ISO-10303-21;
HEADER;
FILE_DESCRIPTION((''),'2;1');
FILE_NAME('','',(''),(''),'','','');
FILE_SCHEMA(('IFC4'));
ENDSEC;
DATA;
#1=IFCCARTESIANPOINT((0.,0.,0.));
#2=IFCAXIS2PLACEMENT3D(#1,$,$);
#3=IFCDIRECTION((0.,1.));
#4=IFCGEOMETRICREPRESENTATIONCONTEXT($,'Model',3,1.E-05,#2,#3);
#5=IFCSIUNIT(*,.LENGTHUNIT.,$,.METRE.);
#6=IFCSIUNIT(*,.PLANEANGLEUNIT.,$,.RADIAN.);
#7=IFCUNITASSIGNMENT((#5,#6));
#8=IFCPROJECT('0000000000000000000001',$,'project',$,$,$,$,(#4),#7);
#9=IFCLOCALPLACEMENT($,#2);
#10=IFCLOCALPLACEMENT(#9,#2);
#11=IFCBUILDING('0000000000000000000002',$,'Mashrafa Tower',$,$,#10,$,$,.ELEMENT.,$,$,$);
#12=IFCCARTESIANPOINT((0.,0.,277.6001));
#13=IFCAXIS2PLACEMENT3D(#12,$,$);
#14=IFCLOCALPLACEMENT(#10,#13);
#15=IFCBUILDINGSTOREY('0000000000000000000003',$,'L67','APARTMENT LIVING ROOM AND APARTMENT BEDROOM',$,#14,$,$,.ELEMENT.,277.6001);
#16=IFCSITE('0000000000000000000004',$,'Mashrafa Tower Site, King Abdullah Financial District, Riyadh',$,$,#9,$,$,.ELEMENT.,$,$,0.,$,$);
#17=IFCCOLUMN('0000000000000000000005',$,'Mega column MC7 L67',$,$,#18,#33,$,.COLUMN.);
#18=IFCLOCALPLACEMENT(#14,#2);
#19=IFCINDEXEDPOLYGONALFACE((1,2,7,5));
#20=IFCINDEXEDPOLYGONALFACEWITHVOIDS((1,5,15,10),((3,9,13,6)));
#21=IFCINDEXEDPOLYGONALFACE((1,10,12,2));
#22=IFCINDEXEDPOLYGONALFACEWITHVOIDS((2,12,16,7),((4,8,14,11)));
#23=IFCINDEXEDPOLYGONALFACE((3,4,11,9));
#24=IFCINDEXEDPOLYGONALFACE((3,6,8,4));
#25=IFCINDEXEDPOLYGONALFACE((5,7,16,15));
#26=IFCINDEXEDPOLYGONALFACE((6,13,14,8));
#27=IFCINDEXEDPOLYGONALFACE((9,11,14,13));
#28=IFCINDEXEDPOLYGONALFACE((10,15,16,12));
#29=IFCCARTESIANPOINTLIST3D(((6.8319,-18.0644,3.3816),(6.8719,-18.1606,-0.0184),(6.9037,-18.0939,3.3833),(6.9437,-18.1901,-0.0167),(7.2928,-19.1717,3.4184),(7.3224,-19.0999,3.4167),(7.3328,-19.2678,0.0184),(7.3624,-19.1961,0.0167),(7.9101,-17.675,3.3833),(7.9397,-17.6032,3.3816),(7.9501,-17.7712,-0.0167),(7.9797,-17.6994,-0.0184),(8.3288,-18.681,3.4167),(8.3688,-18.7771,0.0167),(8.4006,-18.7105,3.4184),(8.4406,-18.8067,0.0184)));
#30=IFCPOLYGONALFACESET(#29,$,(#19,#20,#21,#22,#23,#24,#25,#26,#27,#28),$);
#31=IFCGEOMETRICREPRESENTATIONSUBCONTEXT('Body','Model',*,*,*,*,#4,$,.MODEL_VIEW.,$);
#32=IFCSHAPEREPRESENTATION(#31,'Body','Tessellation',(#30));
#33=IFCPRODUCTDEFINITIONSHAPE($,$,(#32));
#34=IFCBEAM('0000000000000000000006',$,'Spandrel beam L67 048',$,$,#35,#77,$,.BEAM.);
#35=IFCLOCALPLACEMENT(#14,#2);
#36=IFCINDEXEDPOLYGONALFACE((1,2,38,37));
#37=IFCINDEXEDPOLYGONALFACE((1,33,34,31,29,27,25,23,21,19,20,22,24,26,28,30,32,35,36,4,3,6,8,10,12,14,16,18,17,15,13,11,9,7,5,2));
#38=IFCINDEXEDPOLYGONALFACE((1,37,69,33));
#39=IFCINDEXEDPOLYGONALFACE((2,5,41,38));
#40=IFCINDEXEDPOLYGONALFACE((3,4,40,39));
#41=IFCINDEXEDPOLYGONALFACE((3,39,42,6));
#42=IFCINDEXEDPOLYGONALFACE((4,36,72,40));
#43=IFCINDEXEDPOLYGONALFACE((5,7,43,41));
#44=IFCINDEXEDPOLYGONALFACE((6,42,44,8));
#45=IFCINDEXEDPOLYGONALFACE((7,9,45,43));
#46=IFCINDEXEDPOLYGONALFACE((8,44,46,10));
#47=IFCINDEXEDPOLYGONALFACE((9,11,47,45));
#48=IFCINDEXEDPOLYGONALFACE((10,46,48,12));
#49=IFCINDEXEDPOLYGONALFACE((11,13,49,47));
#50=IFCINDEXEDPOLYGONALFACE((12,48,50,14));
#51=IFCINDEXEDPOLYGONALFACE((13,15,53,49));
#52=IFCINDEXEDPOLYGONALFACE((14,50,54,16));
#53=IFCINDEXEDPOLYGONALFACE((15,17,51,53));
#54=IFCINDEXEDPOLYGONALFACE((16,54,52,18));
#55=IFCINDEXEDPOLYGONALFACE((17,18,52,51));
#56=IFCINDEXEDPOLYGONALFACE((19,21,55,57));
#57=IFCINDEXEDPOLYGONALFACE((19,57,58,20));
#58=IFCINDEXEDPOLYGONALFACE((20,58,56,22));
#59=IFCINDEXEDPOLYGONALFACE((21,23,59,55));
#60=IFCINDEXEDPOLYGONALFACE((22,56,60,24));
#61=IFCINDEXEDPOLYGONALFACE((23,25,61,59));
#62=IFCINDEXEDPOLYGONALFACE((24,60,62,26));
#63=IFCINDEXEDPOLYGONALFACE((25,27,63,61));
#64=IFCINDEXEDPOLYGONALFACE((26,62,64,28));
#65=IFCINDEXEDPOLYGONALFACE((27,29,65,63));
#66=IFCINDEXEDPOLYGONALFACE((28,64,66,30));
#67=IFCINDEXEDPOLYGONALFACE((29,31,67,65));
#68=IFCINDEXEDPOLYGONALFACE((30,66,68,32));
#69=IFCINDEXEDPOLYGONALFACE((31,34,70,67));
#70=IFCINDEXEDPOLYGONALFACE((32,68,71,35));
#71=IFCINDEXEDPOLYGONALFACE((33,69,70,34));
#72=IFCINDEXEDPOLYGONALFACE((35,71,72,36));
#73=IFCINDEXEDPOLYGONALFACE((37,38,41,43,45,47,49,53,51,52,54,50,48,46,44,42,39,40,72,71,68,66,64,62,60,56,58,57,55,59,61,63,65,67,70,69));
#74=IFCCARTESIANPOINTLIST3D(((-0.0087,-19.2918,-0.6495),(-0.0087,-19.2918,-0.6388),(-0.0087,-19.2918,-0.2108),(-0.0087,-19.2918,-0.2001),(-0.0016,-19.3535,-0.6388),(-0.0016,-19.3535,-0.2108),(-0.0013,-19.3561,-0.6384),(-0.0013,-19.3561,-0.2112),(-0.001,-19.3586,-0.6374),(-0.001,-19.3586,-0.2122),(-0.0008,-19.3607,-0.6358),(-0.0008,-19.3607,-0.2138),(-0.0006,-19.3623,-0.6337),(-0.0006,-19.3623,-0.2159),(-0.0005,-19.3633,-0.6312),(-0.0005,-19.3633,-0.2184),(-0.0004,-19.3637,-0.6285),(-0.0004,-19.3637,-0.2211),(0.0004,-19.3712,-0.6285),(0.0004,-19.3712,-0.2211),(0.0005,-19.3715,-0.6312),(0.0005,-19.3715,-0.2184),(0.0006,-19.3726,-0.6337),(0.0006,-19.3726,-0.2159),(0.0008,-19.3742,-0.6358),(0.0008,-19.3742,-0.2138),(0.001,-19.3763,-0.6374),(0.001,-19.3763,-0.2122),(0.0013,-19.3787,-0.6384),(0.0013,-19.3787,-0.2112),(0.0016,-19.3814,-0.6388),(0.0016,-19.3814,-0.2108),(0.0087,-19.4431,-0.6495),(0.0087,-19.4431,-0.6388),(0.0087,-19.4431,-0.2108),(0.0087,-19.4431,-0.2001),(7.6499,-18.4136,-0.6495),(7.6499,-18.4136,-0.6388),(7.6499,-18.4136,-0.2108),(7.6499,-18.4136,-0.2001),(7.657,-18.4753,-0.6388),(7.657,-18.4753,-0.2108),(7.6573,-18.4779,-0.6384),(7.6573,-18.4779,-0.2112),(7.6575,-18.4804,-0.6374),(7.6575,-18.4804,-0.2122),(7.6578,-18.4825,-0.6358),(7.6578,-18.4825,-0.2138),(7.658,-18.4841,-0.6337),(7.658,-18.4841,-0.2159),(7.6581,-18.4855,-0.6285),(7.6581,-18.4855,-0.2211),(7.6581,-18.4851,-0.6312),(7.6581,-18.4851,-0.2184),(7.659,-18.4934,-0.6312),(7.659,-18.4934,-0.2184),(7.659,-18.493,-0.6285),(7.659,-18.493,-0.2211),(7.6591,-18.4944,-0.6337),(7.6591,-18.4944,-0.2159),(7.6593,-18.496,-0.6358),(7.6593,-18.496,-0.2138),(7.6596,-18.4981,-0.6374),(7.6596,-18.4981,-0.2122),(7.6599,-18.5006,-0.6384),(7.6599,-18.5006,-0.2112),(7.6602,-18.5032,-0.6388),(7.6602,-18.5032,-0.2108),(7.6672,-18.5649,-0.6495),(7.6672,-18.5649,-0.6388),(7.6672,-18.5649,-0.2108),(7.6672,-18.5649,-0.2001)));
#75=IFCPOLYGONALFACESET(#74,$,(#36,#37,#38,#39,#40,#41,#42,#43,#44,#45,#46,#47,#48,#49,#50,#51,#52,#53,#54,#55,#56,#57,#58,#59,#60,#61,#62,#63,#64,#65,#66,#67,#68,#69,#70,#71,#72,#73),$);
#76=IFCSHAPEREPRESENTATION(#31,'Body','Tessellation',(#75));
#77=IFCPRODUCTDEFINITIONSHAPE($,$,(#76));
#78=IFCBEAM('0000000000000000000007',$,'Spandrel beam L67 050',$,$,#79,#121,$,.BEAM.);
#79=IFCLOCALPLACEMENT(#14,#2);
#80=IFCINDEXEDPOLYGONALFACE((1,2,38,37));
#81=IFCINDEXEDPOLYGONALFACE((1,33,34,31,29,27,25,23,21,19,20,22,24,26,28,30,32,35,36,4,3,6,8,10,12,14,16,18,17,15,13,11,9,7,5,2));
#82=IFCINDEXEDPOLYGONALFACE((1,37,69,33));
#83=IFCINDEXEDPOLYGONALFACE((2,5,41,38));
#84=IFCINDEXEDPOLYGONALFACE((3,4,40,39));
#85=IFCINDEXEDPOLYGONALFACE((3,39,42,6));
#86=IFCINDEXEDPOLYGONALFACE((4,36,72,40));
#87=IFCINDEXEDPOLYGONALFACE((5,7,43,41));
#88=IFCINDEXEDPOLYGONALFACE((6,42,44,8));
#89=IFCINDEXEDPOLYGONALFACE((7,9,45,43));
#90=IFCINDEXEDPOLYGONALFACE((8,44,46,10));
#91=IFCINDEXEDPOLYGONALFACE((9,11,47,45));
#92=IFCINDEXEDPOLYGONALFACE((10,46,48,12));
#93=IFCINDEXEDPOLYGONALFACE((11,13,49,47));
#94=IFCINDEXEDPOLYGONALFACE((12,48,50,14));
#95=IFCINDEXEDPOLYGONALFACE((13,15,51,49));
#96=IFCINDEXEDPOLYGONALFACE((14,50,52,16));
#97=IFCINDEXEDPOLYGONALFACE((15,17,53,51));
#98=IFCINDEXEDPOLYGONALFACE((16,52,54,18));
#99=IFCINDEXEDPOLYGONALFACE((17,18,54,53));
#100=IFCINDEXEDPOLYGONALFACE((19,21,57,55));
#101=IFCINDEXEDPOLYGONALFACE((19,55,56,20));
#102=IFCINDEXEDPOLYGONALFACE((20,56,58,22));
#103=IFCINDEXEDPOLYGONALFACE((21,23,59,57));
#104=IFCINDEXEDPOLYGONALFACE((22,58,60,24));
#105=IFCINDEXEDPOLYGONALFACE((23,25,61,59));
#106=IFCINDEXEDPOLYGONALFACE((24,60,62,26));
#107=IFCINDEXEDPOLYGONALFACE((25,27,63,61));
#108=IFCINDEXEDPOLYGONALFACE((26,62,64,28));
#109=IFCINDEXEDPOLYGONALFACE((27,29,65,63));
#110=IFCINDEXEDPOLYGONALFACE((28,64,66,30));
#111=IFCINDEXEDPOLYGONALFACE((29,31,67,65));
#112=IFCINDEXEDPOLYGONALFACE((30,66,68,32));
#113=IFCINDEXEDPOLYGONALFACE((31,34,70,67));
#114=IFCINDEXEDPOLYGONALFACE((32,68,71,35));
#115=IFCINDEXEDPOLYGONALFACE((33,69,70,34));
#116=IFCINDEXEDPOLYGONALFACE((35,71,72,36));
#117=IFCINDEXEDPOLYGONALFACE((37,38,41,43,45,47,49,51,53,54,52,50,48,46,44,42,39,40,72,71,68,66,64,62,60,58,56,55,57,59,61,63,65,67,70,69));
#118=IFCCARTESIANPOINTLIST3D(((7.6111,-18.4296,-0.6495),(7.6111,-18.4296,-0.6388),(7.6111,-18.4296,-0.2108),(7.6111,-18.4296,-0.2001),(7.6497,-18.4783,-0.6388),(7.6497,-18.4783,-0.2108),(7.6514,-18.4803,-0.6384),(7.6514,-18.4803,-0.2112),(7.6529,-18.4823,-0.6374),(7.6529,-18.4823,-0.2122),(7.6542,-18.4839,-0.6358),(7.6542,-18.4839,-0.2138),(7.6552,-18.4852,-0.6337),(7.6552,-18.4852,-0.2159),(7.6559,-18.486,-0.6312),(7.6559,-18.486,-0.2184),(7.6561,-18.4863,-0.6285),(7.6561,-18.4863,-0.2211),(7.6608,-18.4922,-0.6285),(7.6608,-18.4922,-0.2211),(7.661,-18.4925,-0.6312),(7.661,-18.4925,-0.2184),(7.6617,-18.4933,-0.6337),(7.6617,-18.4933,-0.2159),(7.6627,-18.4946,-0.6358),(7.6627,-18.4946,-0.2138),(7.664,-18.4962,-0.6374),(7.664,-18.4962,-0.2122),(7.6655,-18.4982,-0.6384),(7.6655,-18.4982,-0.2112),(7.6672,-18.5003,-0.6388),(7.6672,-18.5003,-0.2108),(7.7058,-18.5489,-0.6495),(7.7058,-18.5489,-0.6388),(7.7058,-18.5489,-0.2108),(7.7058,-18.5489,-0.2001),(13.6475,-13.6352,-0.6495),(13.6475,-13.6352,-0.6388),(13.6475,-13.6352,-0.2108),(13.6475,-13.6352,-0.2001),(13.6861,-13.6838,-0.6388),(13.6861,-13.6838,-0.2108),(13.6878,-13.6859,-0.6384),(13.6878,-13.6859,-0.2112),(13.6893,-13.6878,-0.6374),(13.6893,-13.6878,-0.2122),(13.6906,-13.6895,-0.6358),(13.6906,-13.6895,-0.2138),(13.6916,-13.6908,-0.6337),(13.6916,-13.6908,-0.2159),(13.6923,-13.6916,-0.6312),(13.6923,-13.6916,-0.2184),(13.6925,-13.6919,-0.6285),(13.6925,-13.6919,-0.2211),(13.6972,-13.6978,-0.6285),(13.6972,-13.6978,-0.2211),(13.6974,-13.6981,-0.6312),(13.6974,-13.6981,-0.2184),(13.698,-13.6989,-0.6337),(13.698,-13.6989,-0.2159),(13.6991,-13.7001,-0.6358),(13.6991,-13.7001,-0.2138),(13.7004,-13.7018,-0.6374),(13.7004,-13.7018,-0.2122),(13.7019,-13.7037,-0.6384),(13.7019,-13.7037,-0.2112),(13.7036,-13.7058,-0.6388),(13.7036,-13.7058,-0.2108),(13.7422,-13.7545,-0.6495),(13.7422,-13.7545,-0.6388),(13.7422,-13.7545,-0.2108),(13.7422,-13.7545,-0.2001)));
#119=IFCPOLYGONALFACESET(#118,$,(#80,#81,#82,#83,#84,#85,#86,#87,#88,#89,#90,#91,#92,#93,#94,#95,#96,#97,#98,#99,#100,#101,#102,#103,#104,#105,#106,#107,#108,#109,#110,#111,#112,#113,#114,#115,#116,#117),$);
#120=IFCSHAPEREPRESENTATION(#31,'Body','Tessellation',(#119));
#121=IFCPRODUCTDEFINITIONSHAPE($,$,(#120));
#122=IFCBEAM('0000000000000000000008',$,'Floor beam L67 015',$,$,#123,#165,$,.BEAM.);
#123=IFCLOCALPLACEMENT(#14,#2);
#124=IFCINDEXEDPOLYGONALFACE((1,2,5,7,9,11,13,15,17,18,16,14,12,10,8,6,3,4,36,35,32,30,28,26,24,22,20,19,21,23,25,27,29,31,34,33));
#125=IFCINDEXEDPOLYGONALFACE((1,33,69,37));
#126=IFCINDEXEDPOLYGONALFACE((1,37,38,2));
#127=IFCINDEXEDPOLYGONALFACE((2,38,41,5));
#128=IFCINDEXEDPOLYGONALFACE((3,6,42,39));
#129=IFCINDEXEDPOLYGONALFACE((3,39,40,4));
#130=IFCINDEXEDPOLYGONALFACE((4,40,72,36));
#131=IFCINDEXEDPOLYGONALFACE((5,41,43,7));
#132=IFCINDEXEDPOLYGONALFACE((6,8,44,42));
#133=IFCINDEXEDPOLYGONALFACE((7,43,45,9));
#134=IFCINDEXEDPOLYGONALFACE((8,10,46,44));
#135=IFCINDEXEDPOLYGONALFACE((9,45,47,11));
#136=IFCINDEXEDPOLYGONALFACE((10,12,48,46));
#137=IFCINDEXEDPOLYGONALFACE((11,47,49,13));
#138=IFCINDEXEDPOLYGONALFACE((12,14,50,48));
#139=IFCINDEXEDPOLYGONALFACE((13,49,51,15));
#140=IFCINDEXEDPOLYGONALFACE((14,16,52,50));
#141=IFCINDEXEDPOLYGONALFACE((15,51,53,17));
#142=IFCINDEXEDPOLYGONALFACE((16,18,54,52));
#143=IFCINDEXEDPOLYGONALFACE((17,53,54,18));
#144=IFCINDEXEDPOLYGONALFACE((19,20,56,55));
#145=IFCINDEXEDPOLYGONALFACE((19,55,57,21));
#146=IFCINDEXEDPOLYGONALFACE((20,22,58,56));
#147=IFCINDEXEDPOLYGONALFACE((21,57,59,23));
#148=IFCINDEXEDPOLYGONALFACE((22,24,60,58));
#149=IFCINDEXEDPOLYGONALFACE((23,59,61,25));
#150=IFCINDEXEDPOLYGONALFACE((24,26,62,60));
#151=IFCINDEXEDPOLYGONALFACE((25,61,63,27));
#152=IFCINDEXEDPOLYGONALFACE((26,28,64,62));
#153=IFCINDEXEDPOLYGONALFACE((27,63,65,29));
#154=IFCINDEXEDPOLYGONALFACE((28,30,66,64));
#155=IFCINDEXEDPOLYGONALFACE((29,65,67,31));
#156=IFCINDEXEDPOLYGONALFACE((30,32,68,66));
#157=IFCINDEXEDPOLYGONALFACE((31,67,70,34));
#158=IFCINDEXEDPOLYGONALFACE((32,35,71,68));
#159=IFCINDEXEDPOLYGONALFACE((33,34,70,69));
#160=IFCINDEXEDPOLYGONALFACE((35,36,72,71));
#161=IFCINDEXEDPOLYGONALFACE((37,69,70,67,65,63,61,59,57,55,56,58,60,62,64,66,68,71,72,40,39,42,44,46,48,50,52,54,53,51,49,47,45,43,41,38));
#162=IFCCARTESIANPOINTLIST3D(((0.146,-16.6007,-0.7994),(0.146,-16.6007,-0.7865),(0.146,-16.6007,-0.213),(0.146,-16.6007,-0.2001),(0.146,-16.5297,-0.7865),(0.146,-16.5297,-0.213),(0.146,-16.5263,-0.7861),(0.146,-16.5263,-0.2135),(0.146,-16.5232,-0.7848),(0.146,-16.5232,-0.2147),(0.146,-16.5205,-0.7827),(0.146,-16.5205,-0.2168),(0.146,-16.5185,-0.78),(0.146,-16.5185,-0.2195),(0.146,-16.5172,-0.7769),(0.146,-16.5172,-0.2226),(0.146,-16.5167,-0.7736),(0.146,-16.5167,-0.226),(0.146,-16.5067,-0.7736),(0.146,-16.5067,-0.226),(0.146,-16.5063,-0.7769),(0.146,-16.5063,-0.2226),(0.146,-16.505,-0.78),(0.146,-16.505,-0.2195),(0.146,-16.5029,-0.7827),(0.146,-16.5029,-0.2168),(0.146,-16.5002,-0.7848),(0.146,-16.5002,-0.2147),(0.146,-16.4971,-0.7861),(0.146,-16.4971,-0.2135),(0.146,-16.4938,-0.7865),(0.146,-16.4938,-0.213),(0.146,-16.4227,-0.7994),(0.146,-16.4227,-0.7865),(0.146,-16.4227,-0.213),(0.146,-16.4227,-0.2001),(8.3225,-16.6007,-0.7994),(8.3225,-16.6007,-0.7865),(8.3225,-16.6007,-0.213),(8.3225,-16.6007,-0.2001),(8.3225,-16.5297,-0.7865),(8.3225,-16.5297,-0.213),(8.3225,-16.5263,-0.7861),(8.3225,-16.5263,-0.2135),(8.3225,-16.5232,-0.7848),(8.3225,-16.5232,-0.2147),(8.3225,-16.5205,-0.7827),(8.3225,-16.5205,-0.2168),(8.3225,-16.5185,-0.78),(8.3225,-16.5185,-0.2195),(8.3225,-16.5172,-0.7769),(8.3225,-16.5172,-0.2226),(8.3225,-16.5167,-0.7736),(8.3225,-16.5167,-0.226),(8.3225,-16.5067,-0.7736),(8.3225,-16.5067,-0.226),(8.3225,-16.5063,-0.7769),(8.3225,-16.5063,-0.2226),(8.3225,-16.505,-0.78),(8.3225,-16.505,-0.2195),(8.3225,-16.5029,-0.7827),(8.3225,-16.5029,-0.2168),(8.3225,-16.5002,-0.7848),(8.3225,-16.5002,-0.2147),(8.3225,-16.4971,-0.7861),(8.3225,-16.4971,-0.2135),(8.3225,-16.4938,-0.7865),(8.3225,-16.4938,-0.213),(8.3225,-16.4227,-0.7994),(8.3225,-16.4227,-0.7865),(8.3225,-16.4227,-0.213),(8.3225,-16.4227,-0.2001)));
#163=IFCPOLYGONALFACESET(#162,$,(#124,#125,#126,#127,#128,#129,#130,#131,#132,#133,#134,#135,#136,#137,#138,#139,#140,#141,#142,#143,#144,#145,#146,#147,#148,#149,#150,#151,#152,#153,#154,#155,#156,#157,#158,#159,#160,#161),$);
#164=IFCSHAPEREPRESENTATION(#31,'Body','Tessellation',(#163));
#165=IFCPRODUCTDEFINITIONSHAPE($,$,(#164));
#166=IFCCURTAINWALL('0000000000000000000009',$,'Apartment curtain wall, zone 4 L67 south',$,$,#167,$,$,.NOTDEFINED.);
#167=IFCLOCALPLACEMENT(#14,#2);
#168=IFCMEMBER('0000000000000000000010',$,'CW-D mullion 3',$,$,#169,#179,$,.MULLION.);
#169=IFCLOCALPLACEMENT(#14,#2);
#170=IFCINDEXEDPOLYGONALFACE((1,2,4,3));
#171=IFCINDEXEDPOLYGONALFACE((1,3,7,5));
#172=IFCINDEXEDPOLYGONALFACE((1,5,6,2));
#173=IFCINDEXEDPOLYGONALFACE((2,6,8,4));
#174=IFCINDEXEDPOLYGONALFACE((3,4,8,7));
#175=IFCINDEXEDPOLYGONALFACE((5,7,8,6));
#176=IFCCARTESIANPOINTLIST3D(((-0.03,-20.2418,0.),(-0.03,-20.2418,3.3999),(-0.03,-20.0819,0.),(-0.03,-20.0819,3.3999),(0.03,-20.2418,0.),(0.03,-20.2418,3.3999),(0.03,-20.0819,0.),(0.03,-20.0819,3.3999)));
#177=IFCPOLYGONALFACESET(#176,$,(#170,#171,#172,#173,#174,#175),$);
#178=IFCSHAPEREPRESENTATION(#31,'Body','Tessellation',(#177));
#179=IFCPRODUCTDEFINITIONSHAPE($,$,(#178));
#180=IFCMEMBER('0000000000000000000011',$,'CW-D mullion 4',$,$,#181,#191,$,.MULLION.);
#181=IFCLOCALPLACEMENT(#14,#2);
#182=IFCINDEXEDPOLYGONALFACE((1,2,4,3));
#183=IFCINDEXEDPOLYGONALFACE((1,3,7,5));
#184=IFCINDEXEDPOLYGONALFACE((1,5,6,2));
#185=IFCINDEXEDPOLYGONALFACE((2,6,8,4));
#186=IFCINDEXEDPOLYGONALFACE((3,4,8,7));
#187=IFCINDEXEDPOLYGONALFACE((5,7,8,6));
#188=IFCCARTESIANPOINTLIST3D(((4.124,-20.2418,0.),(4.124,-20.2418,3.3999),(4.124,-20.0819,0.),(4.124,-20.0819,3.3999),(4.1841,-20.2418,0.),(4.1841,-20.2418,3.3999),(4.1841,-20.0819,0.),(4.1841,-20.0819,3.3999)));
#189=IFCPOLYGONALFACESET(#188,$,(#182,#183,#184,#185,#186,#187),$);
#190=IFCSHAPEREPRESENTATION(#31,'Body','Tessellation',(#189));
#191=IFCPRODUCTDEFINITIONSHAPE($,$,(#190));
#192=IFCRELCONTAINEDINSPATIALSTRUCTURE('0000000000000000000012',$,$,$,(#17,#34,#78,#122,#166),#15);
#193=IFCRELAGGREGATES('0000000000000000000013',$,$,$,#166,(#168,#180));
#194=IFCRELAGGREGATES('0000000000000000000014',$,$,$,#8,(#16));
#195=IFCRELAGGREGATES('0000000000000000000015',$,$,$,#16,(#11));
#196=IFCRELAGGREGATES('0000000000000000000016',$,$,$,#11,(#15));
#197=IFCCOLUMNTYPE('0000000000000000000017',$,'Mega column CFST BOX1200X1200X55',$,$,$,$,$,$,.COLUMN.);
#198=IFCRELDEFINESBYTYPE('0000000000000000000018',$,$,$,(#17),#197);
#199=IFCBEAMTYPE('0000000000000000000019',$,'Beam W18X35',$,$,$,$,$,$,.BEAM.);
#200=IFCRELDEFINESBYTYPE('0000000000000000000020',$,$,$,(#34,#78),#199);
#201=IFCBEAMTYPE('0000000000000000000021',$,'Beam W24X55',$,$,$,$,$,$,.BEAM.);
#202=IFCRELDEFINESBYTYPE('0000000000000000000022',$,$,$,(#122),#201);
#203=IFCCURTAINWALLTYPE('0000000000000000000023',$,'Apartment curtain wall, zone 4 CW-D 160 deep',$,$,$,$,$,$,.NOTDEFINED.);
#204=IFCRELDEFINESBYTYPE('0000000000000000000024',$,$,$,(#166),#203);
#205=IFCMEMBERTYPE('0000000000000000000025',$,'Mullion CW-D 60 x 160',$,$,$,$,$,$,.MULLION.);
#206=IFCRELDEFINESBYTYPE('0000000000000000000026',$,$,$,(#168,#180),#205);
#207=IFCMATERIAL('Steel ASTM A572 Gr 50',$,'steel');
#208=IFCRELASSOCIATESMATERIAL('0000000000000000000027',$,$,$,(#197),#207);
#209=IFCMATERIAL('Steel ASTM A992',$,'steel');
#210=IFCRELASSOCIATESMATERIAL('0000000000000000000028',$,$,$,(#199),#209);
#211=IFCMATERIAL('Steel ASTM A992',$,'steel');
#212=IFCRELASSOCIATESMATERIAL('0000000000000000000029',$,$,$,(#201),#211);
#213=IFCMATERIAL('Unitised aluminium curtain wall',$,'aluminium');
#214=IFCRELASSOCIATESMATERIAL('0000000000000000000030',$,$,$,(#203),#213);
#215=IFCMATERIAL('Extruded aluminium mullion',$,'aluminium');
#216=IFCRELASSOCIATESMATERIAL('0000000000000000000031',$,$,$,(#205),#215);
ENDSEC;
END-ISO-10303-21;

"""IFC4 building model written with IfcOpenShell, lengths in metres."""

from ifc_helpers import new_model, si_unit, direction, frame, origin, origin_2d, place, context, subcontext, project, spatial, rectangle, hollow_rectangle, i_section, extrude, source, transform, mapped, material, material_profile, profile_set, type_object, type_shapes, element, aggregate, save


model = new_model("IFC4")

# Units and contexts
model_context = context("Model", 3, precision=1e-05, world=origin(), true_north=direction((0.0, 1.0)))
body_context = subcontext(model_context, "Body", "Model", "MODEL_VIEW")
ifc_project = project(units=[si_unit("LENGTHUNIT", "METRE"), si_unit("PLANEANGLEUNIT", "RADIAN")], contexts=[model_context])

# Site, building, storey
site_placement = place(None, origin())
site = spatial("IfcSite", under=ifc_project, at=site_placement, Name="Mashrafa Tower Site, King Abdullah Financial District, Riyadh", CompositionType="ELEMENT", RefElevation=0.0)
building_placement = place(site_placement, origin())
building = spatial("IfcBuilding", under=site, at=building_placement, Name="Mashrafa Tower", CompositionType="ELEMENT")
storey_placement = place(building_placement, frame((0.0, 0.0, 277.6001)))
storey = spatial("IfcBuildingStorey", under=building, at=storey_placement, Name="L67", Description="APARTMENT LIVING ROOM AND APARTMENT BEDROOM", CompositionType="ELEMENT", Elevation=277.6001)

# Column
ifc_material_1 = material(Name="Steel ASTM A572 Gr 50", Category="steel")
ifc_material_profile_1 = material_profile(ifc_material_1, hollow_rectangle(XDim=1.2, YDim=1.2, WallThickness=0.0549, at=origin_2d()), Name="BOX1200X1200X55")
ifc_profile_set_1 = profile_set([ifc_material_profile_1], Name="Steel ASTM A572 Gr 50")
column_type = type_object("IfcColumnType", Name="Mega column CFST BOX1200X1200X55", PredefinedType="COLUMN", material=ifc_profile_set_1)
column_placement = place(storey_placement, frame((7.6562, -18.4836, 0.0), z_axis=(-0.011771, 0.028279, 0.999531), x_axis=(-0.923216, -0.384283, 0.0)))
element("IfcColumn", 1, at=column_placement, inside=storey, type_object=column_type, Name="Mega column MC7 L67", PredefinedType="COLUMN", context=body_context, shape_type="SweptSolid", body=[
    extrude(hollow_rectangle(XDim=1.2, YDim=1.2, WallThickness=0.0549, at=origin_2d()), origin(), (0.0, 0.0, 1.0), 3.4016),
])

# Beams
ifc_material_2 = material(Name="Steel ASTM A992", Category="steel")
ifc_material_profile_2 = material_profile(ifc_material_2, i_section(OverallWidth=0.1523, OverallDepth=0.4495, WebThickness=0.0076, FlangeThickness=0.0107, FilletRadius=0.0103, at=origin_2d()), Name="W18X35")
ifc_profile_set_2 = profile_set([ifc_material_profile_2], Name="Steel ASTM A992")
beam_type_1 = type_object("IfcBeamType", Name="Beam W18X35", PredefinedType="BEAM", material=ifc_profile_set_2)
for number, where, z_axis, x_axis, name in (
    (2, (0.0, -19.3674, -0.4248), (0.99349, 0.113921, 0.0), (-0.113921, 0.99349, 0.0), "Spandrel beam L67 048"),
    (3, (7.6584, -18.4893, -0.4248), (0.783058, 0.621949, 0.0), (-0.621949, 0.783058, 0.0), "Spandrel beam L67 050"),
):
    element("IfcBeam", number, at=place(storey_placement, frame(where, z_axis=z_axis, x_axis=x_axis)), inside=storey, type_object=beam_type_1, Name=name, PredefinedType="BEAM", context=body_context, shape_type="SweptSolid", body=[
        extrude(i_section(OverallWidth=0.1523, OverallDepth=0.4495, WebThickness=0.0076, FlangeThickness=0.0107, FilletRadius=0.0103, at=origin_2d()), origin(), (0.0, 0.0, 1.0), 7.7087),
    ])
ifc_material_3 = material(Name="Steel ASTM A992", Category="steel")
ifc_material_profile_3 = material_profile(ifc_material_3, i_section(OverallWidth=0.178, OverallDepth=0.5994, WebThickness=0.01, FlangeThickness=0.0129, FilletRadius=0.0129, at=origin_2d()), Name="W24X55")
ifc_profile_set_3 = profile_set([ifc_material_profile_3], Name="Steel ASTM A992")
beam_type_2 = type_object("IfcBeamType", Name="Beam W24X55", PredefinedType="BEAM", material=ifc_profile_set_3)
beam_placement = place(storey_placement, frame((8.3225, -16.5117, -0.4998), z_axis=(-1.0, 0.0, 0.0), x_axis=(0.0, -1.0, 0.0)))
element("IfcBeam", 4, at=beam_placement, inside=storey, type_object=beam_type_2, Name="Floor beam L67 015", PredefinedType="BEAM", context=body_context, shape_type="SweptSolid", body=[
    extrude(i_section(OverallWidth=0.178, OverallDepth=0.5994, WebThickness=0.01, FlangeThickness=0.0129, FilletRadius=0.0129, at=origin_2d()), origin(), (0.0, 0.0, 1.0), 8.1765),
])

# Curtain wall, members
ifc_material_4 = material(Name="Unitised aluminium curtain wall", Category="aluminium")
curtain_wall_type = type_object("IfcCurtainWallType", Name="Apartment curtain wall, zone 4 CW-D 160 deep", PredefinedType="NOTDEFINED", material=ifc_material_4)
curtain_wall_1_placement = place(storey_placement, origin())
curtain_wall_1 = element("IfcCurtainWall", 5, at=curtain_wall_1_placement, inside=storey, type_object=curtain_wall_type, Name="Apartment curtain wall, zone 4 L67 south", PredefinedType="NOTDEFINED")
ifc_material_5 = material(Name="Extruded aluminium mullion", Category="aluminium")
ifc_material_profile_4 = material_profile(ifc_material_5, rectangle(XDim=0.1599, YDim=0.0601, at=origin_2d()), Name="Mullion 60x160")
ifc_profile_set_4 = profile_set([ifc_material_profile_4], Name="Extruded aluminium mullion")
member_type_1 = type_object("IfcMemberType", Name="Mullion CW-D 60 x 160", PredefinedType="MULLION", material=ifc_profile_set_4)
shared_shape_1 = source(origin(), body_context, "Body", "SweptSolid", [
    extrude(rectangle(XDim=0.1599, YDim=0.0601, at=origin_2d()), origin(), (0.0, 0.0, 1.0), 3.3999),
])
type_shapes(member_type_1, [shared_shape_1])
member_1_placement = place(storey_placement, frame((0.0, -20.1619, 0.0), z_axis=(0.0, 0.0, 1.0), x_axis=(0.0, 1.0, 0.0)))
member_1 = element("IfcMember", 6, at=member_1_placement, type_object=member_type_1, Name="CW-D mullion 3", PredefinedType="MULLION", context=body_context, shape_type="MappedRepresentation", body=[
    mapped(shared_shape_1, transform((0.0, 0.0, 0.0))),
])
member_2_placement = place(storey_placement, frame((4.1541, -20.1619, 0.0), z_axis=(0.0, 0.0, 1.0), x_axis=(0.0, 1.0, 0.0)))
member_2 = element("IfcMember", 7, at=member_2_placement, type_object=member_type_1, Name="CW-D mullion 4", PredefinedType="MULLION", context=body_context, shape_type="MappedRepresentation", body=[
    mapped(shared_shape_1, transform((0.0, 0.0, 0.0))),
])

aggregate(curtain_wall_1, [member_1, member_2])

save(model, "model.ifc")
